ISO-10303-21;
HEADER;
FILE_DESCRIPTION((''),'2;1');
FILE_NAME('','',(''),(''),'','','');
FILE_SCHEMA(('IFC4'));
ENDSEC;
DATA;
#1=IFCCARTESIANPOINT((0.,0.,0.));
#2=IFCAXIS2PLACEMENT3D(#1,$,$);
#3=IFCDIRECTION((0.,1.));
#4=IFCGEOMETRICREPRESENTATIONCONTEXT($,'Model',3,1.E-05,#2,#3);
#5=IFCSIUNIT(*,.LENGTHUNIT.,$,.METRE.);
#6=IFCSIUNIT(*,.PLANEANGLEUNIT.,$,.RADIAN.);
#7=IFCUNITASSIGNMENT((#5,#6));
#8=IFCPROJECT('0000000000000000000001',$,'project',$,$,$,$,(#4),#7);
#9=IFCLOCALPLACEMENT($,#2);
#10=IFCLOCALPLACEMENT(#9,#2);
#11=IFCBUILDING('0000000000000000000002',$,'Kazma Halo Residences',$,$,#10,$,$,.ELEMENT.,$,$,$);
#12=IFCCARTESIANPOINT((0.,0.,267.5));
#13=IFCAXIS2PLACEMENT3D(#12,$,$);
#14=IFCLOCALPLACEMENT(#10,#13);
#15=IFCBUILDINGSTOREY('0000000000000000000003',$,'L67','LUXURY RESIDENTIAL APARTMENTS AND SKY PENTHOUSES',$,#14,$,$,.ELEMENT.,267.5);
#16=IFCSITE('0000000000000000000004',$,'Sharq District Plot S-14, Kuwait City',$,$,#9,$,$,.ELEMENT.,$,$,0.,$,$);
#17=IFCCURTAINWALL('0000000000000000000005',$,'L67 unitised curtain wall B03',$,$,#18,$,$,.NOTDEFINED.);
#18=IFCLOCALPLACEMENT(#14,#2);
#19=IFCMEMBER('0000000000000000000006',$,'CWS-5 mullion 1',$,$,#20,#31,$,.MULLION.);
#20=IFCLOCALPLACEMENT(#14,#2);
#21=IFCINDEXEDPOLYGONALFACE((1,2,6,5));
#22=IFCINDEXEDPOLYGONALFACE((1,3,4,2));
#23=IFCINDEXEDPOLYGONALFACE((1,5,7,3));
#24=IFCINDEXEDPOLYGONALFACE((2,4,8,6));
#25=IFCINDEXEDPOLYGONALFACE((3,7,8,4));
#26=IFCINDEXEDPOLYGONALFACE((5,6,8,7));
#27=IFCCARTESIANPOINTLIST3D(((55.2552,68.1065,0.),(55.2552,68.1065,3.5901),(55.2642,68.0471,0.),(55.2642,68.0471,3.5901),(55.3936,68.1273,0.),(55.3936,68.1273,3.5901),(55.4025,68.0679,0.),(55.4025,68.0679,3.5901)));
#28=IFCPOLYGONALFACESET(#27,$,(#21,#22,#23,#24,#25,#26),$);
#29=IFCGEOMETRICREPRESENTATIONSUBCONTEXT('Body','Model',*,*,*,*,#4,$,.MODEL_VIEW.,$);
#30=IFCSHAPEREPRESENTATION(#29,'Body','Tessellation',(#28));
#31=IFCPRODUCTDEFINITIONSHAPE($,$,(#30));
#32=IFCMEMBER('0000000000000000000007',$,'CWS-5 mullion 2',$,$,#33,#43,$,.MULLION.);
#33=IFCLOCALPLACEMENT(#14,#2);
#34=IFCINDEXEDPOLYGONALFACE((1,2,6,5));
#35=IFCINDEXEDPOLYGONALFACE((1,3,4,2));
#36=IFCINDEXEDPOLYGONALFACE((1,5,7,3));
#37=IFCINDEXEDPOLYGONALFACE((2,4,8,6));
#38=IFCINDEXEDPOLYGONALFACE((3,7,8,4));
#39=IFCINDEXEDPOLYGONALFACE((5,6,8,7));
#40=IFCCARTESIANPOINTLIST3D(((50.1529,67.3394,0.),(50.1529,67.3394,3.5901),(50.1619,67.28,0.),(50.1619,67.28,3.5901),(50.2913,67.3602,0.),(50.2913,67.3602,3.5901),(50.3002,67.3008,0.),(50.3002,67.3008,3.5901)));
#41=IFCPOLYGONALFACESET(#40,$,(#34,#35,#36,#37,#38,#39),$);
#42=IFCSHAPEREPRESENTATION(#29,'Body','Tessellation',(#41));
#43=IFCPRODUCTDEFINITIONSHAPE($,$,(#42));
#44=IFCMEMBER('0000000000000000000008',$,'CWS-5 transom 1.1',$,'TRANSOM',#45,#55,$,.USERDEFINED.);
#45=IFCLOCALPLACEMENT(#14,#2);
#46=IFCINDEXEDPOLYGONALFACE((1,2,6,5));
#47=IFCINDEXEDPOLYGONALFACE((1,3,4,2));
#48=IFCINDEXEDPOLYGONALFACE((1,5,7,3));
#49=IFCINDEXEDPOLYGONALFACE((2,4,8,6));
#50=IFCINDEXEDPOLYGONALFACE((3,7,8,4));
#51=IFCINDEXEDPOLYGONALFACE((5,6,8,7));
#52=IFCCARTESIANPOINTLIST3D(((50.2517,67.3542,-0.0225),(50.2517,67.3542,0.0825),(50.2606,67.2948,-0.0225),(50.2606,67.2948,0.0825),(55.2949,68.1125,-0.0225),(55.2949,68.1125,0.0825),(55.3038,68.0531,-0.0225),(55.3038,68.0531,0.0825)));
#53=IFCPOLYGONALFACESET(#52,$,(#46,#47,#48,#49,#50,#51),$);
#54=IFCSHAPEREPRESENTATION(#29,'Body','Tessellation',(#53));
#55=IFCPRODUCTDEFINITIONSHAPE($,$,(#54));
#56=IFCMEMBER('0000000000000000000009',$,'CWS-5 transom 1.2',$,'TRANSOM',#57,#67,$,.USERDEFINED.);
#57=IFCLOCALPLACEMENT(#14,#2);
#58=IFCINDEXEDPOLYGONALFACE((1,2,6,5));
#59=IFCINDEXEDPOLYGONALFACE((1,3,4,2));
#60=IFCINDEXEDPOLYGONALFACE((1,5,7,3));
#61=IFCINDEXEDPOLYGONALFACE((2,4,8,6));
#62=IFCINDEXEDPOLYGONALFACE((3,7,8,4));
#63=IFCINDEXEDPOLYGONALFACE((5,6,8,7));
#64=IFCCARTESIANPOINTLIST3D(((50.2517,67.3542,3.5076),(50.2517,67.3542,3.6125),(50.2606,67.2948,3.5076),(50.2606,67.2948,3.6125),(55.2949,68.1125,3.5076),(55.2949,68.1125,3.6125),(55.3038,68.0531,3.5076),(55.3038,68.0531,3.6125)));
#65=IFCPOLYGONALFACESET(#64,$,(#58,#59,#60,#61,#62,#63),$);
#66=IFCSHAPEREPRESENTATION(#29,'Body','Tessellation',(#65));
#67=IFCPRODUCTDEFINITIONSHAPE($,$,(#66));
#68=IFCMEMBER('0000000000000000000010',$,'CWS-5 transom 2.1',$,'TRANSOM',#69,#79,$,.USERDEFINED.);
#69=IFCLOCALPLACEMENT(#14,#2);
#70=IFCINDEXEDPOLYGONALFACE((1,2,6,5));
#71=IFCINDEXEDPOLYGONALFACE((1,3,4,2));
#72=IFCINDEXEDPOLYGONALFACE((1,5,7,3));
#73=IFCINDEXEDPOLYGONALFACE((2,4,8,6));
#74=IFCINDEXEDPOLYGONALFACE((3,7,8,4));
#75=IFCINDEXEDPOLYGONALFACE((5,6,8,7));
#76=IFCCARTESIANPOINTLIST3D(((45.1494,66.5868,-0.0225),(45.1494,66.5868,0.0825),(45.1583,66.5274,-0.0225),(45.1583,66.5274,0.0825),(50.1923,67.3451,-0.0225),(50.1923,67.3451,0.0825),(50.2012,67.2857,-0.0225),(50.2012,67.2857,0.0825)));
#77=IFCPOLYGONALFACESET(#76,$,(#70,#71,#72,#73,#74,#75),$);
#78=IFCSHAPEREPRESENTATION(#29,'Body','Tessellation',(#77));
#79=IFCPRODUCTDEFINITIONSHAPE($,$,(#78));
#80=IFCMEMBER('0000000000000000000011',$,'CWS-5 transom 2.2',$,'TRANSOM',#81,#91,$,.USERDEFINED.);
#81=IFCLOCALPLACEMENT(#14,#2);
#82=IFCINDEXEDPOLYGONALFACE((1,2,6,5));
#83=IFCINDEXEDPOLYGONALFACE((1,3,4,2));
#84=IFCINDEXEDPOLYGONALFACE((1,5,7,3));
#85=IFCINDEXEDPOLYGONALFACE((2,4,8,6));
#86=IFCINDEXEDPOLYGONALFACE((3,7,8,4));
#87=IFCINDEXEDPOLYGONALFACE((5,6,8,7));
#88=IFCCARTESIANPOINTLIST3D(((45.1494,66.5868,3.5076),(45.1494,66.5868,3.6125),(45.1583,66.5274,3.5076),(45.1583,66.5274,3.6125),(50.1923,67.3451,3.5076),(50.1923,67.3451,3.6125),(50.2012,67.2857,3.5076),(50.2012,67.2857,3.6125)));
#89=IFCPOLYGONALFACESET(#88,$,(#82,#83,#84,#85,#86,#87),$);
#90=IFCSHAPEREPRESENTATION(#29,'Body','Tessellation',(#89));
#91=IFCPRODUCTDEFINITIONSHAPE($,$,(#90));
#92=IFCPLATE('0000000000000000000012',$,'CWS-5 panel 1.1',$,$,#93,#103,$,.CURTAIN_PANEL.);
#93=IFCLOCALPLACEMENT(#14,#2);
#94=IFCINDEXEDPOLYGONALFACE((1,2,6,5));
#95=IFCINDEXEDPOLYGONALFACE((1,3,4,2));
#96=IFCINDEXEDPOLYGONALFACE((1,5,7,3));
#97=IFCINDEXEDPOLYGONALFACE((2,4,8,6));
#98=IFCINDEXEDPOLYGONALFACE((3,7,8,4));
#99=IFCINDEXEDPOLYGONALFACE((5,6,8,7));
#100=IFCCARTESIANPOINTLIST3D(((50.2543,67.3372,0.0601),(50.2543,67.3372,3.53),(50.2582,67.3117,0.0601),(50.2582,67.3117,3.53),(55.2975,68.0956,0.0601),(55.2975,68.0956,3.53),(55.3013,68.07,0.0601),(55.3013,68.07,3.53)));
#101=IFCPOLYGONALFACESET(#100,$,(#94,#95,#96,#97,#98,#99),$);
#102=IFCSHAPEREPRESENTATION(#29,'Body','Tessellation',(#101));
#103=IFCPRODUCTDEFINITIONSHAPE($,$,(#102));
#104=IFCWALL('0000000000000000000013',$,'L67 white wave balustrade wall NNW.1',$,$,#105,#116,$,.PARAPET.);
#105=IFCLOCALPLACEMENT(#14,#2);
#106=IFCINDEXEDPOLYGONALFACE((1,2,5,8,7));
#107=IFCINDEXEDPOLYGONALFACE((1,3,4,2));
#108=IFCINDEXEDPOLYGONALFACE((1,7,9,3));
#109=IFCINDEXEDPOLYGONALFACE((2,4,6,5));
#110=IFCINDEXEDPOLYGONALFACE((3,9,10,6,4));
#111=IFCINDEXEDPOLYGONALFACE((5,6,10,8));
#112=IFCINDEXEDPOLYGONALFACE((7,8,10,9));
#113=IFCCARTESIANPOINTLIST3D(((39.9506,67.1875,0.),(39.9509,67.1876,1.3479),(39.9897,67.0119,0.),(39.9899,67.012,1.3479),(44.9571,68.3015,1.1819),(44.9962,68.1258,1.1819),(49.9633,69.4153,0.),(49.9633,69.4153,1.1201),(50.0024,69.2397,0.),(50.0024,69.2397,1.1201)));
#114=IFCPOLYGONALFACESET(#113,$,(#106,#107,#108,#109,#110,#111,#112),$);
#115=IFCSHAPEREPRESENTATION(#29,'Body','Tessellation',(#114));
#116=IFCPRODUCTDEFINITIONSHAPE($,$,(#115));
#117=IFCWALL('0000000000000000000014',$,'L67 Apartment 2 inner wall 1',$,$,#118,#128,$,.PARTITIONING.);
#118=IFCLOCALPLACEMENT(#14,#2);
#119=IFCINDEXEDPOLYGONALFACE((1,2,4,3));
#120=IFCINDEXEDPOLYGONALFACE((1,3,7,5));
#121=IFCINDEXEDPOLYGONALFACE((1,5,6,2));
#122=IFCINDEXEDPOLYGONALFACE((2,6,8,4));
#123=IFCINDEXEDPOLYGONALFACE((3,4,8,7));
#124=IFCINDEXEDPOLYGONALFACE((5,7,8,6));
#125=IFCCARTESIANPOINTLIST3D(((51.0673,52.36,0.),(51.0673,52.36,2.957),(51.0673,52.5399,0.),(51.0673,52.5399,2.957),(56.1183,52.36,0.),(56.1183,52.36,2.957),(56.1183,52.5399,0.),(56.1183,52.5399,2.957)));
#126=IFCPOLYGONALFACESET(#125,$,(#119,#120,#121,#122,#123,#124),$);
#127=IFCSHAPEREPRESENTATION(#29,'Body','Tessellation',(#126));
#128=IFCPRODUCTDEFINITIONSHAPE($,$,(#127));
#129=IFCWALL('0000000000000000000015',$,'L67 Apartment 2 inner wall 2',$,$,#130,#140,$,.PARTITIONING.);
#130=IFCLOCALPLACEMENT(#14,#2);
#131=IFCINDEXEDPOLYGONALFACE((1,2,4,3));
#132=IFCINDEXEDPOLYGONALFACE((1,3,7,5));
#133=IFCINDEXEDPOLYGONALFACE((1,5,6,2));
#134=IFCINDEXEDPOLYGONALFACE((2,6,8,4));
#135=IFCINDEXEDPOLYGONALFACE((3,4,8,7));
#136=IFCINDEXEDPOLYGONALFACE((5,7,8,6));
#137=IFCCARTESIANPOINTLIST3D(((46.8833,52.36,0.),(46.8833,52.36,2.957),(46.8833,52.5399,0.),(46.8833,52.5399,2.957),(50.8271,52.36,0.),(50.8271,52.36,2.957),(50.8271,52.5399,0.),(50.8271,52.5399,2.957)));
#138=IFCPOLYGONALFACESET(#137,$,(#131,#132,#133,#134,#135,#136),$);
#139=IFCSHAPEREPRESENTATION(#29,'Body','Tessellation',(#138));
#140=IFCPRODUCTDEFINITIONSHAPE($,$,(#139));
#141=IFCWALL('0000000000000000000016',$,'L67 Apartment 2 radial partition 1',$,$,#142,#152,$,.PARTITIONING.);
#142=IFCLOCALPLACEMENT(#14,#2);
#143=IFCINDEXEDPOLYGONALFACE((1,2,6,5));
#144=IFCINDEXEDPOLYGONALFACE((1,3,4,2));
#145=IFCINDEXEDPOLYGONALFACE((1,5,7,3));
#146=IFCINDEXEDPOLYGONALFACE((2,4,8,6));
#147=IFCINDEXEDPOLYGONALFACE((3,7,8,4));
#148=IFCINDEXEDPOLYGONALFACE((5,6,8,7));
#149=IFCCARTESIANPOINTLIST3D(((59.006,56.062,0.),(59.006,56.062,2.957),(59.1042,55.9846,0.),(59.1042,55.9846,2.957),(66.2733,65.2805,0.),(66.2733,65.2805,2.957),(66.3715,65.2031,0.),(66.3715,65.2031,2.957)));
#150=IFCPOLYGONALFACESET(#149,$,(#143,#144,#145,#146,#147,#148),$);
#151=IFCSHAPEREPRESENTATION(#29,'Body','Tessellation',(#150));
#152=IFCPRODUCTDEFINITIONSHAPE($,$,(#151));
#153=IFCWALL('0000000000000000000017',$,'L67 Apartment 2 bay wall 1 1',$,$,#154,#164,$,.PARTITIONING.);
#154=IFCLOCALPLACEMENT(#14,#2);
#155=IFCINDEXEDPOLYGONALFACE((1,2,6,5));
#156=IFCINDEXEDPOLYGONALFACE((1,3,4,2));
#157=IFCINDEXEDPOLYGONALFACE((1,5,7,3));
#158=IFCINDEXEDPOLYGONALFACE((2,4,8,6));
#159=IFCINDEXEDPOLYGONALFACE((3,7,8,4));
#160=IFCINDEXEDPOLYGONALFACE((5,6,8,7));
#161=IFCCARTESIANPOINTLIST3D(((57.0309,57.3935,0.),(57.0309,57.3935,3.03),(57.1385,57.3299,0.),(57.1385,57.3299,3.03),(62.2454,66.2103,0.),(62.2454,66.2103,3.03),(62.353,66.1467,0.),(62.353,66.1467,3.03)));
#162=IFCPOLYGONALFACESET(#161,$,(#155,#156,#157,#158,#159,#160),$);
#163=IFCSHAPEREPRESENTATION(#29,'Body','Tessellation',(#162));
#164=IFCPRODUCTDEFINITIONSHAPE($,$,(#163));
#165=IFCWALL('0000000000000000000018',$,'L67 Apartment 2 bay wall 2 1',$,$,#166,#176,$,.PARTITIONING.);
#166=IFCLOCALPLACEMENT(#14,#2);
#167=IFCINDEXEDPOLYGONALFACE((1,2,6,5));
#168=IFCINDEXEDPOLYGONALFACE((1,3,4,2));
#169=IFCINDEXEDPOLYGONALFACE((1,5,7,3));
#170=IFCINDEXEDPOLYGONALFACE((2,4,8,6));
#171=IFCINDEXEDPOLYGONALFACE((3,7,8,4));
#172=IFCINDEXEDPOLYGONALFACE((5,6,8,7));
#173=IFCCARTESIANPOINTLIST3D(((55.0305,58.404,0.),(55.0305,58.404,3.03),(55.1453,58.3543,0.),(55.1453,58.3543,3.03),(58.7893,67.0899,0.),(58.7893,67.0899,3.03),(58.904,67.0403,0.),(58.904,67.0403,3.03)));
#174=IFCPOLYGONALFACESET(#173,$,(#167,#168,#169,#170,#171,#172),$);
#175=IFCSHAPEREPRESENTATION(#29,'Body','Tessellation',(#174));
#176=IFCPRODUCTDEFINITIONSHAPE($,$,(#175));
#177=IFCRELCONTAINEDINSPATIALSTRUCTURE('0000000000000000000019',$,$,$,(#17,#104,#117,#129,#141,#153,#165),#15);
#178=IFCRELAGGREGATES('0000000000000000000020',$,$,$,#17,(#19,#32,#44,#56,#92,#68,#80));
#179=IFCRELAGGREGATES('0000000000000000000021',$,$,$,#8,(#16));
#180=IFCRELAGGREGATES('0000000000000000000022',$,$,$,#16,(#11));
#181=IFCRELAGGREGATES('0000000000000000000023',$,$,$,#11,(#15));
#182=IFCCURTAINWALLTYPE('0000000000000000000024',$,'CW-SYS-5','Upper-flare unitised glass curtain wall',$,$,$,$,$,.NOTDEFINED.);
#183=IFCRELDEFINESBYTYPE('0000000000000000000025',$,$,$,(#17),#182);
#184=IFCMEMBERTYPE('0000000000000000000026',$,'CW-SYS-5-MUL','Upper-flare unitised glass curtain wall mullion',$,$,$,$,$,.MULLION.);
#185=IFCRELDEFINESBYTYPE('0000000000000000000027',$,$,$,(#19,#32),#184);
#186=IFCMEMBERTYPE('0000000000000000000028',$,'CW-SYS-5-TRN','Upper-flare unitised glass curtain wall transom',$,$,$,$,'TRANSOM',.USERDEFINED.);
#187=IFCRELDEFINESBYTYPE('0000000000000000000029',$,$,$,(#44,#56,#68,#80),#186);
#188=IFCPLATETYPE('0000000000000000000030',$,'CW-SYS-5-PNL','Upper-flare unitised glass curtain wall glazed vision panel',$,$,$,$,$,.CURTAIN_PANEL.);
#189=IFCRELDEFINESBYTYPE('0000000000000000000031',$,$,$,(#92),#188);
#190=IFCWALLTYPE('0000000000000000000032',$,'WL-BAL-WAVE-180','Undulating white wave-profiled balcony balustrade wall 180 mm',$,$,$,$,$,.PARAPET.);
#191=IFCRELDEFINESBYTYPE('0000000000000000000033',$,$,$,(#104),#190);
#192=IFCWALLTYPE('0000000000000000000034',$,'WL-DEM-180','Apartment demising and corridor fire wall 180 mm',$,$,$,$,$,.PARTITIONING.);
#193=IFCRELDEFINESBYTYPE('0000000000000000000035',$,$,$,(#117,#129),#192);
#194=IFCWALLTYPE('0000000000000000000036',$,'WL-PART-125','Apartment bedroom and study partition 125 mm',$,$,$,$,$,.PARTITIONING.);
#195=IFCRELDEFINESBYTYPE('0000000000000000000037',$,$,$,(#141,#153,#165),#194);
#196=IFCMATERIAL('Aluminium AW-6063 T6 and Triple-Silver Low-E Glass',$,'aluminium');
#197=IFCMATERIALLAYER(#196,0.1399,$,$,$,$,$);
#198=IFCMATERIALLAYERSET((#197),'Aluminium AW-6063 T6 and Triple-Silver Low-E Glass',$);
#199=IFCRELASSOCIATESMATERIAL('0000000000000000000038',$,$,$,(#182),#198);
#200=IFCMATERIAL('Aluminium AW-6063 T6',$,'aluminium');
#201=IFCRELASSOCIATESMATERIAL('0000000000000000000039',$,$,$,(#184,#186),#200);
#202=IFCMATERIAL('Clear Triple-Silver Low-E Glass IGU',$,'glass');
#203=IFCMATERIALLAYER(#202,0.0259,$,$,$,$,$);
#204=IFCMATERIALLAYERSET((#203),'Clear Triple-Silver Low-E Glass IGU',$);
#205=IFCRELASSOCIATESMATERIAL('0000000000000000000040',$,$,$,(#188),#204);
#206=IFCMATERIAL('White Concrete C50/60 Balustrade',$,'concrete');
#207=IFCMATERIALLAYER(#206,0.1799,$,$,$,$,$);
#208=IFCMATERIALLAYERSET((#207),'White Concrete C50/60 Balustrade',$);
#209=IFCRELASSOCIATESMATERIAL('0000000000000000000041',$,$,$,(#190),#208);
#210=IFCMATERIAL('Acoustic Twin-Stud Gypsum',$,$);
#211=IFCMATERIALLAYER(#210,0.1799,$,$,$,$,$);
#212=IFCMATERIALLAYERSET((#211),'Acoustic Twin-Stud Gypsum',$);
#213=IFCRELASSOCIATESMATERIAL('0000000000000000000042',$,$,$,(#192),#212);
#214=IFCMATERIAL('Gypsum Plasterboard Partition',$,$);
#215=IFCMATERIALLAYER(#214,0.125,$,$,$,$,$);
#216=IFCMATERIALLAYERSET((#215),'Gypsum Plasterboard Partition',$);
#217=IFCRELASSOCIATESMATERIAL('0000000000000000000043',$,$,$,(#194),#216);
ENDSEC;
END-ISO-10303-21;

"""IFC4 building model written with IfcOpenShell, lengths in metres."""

from ifc_helpers import new_model, si_unit, direction, frame, frame_2d, origin, origin_2d, place, context, subcontext, project, spatial, polyline, rectangle, outline, extrude, material, layer, layer_set, material_profile, profile_set, type_object, element, aggregate, save


model = new_model("IFC4")

# Units and contexts
model_context = context("Model", 3, precision=1e-05, world=origin(), true_north=direction((0.0, 1.0)))
body_context = subcontext(model_context, "Body", "Model", "MODEL_VIEW")
ifc_project = project(units=[si_unit("LENGTHUNIT", "METRE"), si_unit("PLANEANGLEUNIT", "RADIAN")], contexts=[model_context])

# Site, building, storey
site_placement = place(None, origin())
site = spatial("IfcSite", under=ifc_project, at=site_placement, Name="Sharq District Plot S-14, Kuwait City", CompositionType="ELEMENT", RefElevation=0.0)
building_placement = place(site_placement, origin())
building = spatial("IfcBuilding", under=site, at=building_placement, Name="Kazma Halo Residences", CompositionType="ELEMENT")
storey_placement = place(building_placement, frame((0.0, 0.0, 267.5)))
storey = spatial("IfcBuildingStorey", under=building, at=storey_placement, Name="L67", Description="LUXURY RESIDENTIAL APARTMENTS AND SKY PENTHOUSES", CompositionType="ELEMENT", Elevation=267.5)

# Curtain wall, members, plate
ifc_material_1 = material(Name="Aluminium AW-6063 T6 and Triple-Silver Low-E Glass", Category="aluminium")
ifc_layer_1 = layer(ifc_material_1, 0.1399)
ifc_layer_set_1 = layer_set([ifc_layer_1], Name="Aluminium AW-6063 T6 and Triple-Silver Low-E Glass")
curtain_wall_type = type_object("IfcCurtainWallType", Name="CW-SYS-5", Description="Upper-flare unitised glass curtain wall", PredefinedType="NOTDEFINED", material=ifc_layer_set_1)
curtain_wall_placement = place(storey_placement, origin())
curtain_wall = element("IfcCurtainWall", 1, at=curtain_wall_placement, inside=storey, type_object=curtain_wall_type, Name="L67 unitised curtain wall B03", PredefinedType="NOTDEFINED")
ifc_material_2 = material(Name="Aluminium AW-6063 T6", Category="aluminium")
ifc_material_profile_1 = material_profile(ifc_material_2, rectangle(XDim=0.0601, YDim=0.1399, at=origin_2d()), Name="CWM-60x140")
ifc_profile_set_1 = profile_set([ifc_material_profile_1], Name="Aluminium AW-6063 T6")
member_type_1 = type_object("IfcMemberType", Name="CW-SYS-5-MUL", Description="Upper-flare unitised glass curtain wall mullion", PredefinedType="MULLION", material=ifc_profile_set_1)
member_1_placement = place(storey_placement, frame((55.3289, 68.0872, 0.0), z_axis=(0.0, 0.0, 1.0), x_axis=(0.148697, -0.988883, 0.0)))
member_1 = element("IfcMember", 2, at=member_1_placement, type_object=member_type_1, Name="CWS-5 mullion 1", PredefinedType="MULLION", context=body_context, shape_type="SweptSolid", body=[
    extrude(rectangle(XDim=0.0601, YDim=0.1399, at=origin_2d()), origin(), (0.0, 0.0, 1.0), 3.5901),
])
member_2_placement = place(storey_placement, frame((50.2266, 67.3201, 0.0), z_axis=(0.0, 0.0, 1.0), x_axis=(0.148697, -0.988883, 0.0)))
member_2 = element("IfcMember", 3, at=member_2_placement, type_object=member_type_1, Name="CWS-5 mullion 2", PredefinedType="MULLION", context=body_context, shape_type="SweptSolid", body=[
    extrude(rectangle(XDim=0.0601, YDim=0.1399, at=origin_2d()), origin(), (0.0, 0.0, 1.0), 3.5901),
])
ifc_material_profile_2 = material_profile(ifc_material_2, rectangle(XDim=0.0601, YDim=0.105, at=origin_2d()), Name="CWT-60x105")
ifc_profile_set_2 = profile_set([ifc_material_profile_2], Name="Aluminium AW-6063 T6")
member_type_2 = type_object("IfcMemberType", Name="CW-SYS-5-TRN", Description="Upper-flare unitised glass curtain wall transom", ElementType="TRANSOM", PredefinedType="USERDEFINED", material=ifc_profile_set_2)
member_3_placement = place(storey_placement, frame((55.2993, 68.0828, 0.03), z_axis=(-0.988884, -0.148689, 0.0), x_axis=(0.148689, -0.988884, 0.0)))
member_3 = element("IfcMember", 4, at=member_3_placement, type_object=member_type_2, Name="CWS-5 transom 1.1", ObjectType="TRANSOM", PredefinedType="USERDEFINED", context=body_context, shape_type="SweptSolid", body=[
    extrude(rectangle(XDim=0.0601, YDim=0.105, at=origin_2d()), origin(), (0.0, 0.0, 1.0), 5.0999),
])
member_4_placement = place(storey_placement, frame((55.2993, 68.0828, 3.5601), z_axis=(-0.988884, -0.148689, 0.0), x_axis=(0.148689, -0.988884, 0.0)))
member_4 = element("IfcMember", 5, at=member_4_placement, type_object=member_type_2, Name="CWS-5 transom 1.2", ObjectType="TRANSOM", PredefinedType="USERDEFINED", context=body_context, shape_type="SweptSolid", body=[
    extrude(rectangle(XDim=0.0601, YDim=0.105, at=origin_2d()), origin(), (0.0, 0.0, 1.0), 5.0999),
])
member_5_placement = place(storey_placement, frame((50.1968, 67.3154, 0.03), z_axis=(-0.988883, -0.148696, 0.0), x_axis=(0.148696, -0.988883, 0.0)))
member_5 = element("IfcMember", 6, at=member_5_placement, type_object=member_type_2, Name="CWS-5 transom 2.1", ObjectType="TRANSOM", PredefinedType="USERDEFINED", context=body_context, shape_type="SweptSolid", body=[
    extrude(rectangle(XDim=0.0601, YDim=0.105, at=origin_2d()), origin(), (0.0, 0.0, 1.0), 5.0996),
])
member_6_placement = place(storey_placement, frame((50.1968, 67.3154, 3.5601), z_axis=(-0.988883, -0.148696, 0.0), x_axis=(0.148696, -0.988883, 0.0)))
member_6 = element("IfcMember", 7, at=member_6_placement, type_object=member_type_2, Name="CWS-5 transom 2.2", ObjectType="TRANSOM", PredefinedType="USERDEFINED", context=body_context, shape_type="SweptSolid", body=[
    extrude(rectangle(XDim=0.0601, YDim=0.105, at=origin_2d()), origin(), (0.0, 0.0, 1.0), 5.0996),
])
ifc_material_3 = material(Name="Clear Triple-Silver Low-E Glass IGU", Category="glass")
ifc_layer_2 = layer(ifc_material_3, 0.0259)
ifc_layer_set_2 = layer_set([ifc_layer_2], Name="Clear Triple-Silver Low-E Glass IGU")
plate_type = type_object("IfcPlateType", Name="CW-SYS-5-PNL", Description="Upper-flare unitised glass curtain wall glazed vision panel", PredefinedType="CURTAIN_PANEL", material=ifc_layer_set_2)
plate_placement = place(storey_placement, frame((52.7778, 67.7036, 0.0601), z_axis=(0.0, 0.0, 1.0), x_axis=(-0.988883, -0.148697, 0.0)))
plate = element("IfcPlate", 8, at=plate_placement, type_object=plate_type, Name="CWS-5 panel 1.1", PredefinedType="CURTAIN_PANEL", context=body_context, shape_type="SweptSolid", body=[
    extrude(rectangle(XDim=5.0999, YDim=0.0259, at=origin_2d()), origin(), (0.0, 0.0, 1.0), 3.47),
])
aggregate(curtain_wall, [member_1, member_2, member_3, member_4, plate, member_5, member_6])

# Walls
ifc_material_4 = material(Name="White Concrete C50/60 Balustrade", Category="concrete")
ifc_layer_3 = layer(ifc_material_4, 0.1799)
ifc_layer_set_3 = layer_set([ifc_layer_3], Name="White Concrete C50/60 Balustrade")
wall_type_1 = type_object("IfcWallType", Name="WL-BAL-WAVE-180", Description="Undulating white wave-profiled balcony balustrade wall 180 mm", PredefinedType="PARAPET", material=ifc_layer_set_3)
wall_1_placement = place(storey_placement, frame((49.9829, 69.3274, 0.0), z_axis=(0.0, 0.0, 1.0), x_axis=(-0.97613, -0.217185, 0.0)))
element("IfcWall", 9, at=wall_1_placement, inside=storey, type_object=wall_type_1, Name="L67 white wave balustrade wall NNW.1", PredefinedType="PARAPET", context=body_context, shape_type="SweptSolid", body=[
    extrude(outline(polyline([(0.0, 0.0), (10.2576, 0.0), (10.2573, 1.3479), (5.1287, 1.1819), (0.0, 1.1201), (0.0, 0.0)])), frame((0.0, 0.0898, 0.0), z_axis=(0.0, -1.0, 0.0), x_axis=(1.0, 0.0, 0.0)), (0.0, 0.0, 1.0), 0.1799),
])
ifc_material_5 = material(Name="Acoustic Twin-Stud Gypsum")
ifc_layer_4 = layer(ifc_material_5, 0.1799)
ifc_layer_set_4 = layer_set([ifc_layer_4], Name="Acoustic Twin-Stud Gypsum")
wall_type_2 = type_object("IfcWallType", Name="WL-DEM-180", Description="Apartment demising and corridor fire wall 180 mm", PredefinedType="PARTITIONING", material=ifc_layer_set_4)
wall_2_placement = place(storey_placement, frame((56.1182, 52.45, 0.0), z_axis=(0.0, 0.0, 1.0), x_axis=(-1.0, 0.0, 0.0)))
element("IfcWall", 10, at=wall_2_placement, inside=storey, type_object=wall_type_2, Name="L67 Apartment 2 inner wall 1", PredefinedType="PARTITIONING", context=body_context, shape_type="SweptSolid", body=[
    extrude(rectangle(XDim=5.051, YDim=0.1799, at=frame_2d((2.5254, 0.0))), origin(), (0.0, 0.0, 1.0), 2.957),
])
wall_3_placement = place(storey_placement, frame((50.8271, 52.45, 0.0), z_axis=(0.0, 0.0, 1.0), x_axis=(-1.0, 0.0, 0.0)))
element("IfcWall", 11, at=wall_3_placement, inside=storey, type_object=wall_type_2, Name="L67 Apartment 2 inner wall 2", PredefinedType="PARTITIONING", context=body_context, shape_type="SweptSolid", body=[
    extrude(rectangle(XDim=3.9438, YDim=0.1799, at=frame_2d((1.9719, 0.0))), origin(), (0.0, 0.0, 1.0), 2.957),
])
ifc_material_6 = material(Name="Gypsum Plasterboard Partition")
ifc_layer_5 = layer(ifc_material_6, 0.125)
ifc_layer_set_5 = layer_set([ifc_layer_5], Name="Gypsum Plasterboard Partition")
wall_type_3 = type_object("IfcWallType", Name="WL-PART-125", Description="Apartment bedroom and study partition 125 mm", PredefinedType="PARTITIONING", material=ifc_layer_set_5)
wall_4_placement = place(storey_placement, frame((59.0552, 56.0234, 0.0), z_axis=(0.0, 0.0, 1.0), x_axis=(0.619097, 0.785315, 0.0)))
element("IfcWall", 12, at=wall_4_placement, inside=storey, type_object=wall_type_3, Name="L67 Apartment 2 radial partition 1", PredefinedType="PARTITIONING", context=body_context, shape_type="SweptSolid", body=[
    extrude(rectangle(XDim=11.7385, YDim=0.125, at=frame_2d((5.8691, 0.0))), origin(), (0.0, 0.0, 1.0), 2.957),
])
wall_5_placement = place(storey_placement, frame((57.0847, 57.3618, 0.0), z_axis=(0.0, 0.0, 1.0), x_axis=(0.509063, 0.860729, 0.0)))
element("IfcWall", 13, at=wall_5_placement, inside=storey, type_object=wall_type_3, Name="L67 Apartment 2 bay wall 1 1", PredefinedType="PARTITIONING", context=body_context, shape_type="SweptSolid", body=[
    extrude(rectangle(XDim=10.2434, YDim=0.125, at=frame_2d((5.1216, 0.0))), origin(), (0.0, 0.0, 1.0), 3.03),
])
wall_6_placement = place(storey_placement, frame((55.0879, 58.3792, 0.0), z_axis=(0.0, 0.0, 1.0), x_axis=(0.397148, 0.917754, 0.0)))
element("IfcWall", 14, at=wall_6_placement, inside=storey, type_object=wall_type_3, Name="L67 Apartment 2 bay wall 2 1", PredefinedType="PARTITIONING", context=body_context, shape_type="SweptSolid", body=[
    extrude(rectangle(XDim=9.4644, YDim=0.125, at=frame_2d((4.7322, 0.0))), origin(), (0.0, 0.0, 1.0), 3.03),
])

save(model, "model.ifc")
